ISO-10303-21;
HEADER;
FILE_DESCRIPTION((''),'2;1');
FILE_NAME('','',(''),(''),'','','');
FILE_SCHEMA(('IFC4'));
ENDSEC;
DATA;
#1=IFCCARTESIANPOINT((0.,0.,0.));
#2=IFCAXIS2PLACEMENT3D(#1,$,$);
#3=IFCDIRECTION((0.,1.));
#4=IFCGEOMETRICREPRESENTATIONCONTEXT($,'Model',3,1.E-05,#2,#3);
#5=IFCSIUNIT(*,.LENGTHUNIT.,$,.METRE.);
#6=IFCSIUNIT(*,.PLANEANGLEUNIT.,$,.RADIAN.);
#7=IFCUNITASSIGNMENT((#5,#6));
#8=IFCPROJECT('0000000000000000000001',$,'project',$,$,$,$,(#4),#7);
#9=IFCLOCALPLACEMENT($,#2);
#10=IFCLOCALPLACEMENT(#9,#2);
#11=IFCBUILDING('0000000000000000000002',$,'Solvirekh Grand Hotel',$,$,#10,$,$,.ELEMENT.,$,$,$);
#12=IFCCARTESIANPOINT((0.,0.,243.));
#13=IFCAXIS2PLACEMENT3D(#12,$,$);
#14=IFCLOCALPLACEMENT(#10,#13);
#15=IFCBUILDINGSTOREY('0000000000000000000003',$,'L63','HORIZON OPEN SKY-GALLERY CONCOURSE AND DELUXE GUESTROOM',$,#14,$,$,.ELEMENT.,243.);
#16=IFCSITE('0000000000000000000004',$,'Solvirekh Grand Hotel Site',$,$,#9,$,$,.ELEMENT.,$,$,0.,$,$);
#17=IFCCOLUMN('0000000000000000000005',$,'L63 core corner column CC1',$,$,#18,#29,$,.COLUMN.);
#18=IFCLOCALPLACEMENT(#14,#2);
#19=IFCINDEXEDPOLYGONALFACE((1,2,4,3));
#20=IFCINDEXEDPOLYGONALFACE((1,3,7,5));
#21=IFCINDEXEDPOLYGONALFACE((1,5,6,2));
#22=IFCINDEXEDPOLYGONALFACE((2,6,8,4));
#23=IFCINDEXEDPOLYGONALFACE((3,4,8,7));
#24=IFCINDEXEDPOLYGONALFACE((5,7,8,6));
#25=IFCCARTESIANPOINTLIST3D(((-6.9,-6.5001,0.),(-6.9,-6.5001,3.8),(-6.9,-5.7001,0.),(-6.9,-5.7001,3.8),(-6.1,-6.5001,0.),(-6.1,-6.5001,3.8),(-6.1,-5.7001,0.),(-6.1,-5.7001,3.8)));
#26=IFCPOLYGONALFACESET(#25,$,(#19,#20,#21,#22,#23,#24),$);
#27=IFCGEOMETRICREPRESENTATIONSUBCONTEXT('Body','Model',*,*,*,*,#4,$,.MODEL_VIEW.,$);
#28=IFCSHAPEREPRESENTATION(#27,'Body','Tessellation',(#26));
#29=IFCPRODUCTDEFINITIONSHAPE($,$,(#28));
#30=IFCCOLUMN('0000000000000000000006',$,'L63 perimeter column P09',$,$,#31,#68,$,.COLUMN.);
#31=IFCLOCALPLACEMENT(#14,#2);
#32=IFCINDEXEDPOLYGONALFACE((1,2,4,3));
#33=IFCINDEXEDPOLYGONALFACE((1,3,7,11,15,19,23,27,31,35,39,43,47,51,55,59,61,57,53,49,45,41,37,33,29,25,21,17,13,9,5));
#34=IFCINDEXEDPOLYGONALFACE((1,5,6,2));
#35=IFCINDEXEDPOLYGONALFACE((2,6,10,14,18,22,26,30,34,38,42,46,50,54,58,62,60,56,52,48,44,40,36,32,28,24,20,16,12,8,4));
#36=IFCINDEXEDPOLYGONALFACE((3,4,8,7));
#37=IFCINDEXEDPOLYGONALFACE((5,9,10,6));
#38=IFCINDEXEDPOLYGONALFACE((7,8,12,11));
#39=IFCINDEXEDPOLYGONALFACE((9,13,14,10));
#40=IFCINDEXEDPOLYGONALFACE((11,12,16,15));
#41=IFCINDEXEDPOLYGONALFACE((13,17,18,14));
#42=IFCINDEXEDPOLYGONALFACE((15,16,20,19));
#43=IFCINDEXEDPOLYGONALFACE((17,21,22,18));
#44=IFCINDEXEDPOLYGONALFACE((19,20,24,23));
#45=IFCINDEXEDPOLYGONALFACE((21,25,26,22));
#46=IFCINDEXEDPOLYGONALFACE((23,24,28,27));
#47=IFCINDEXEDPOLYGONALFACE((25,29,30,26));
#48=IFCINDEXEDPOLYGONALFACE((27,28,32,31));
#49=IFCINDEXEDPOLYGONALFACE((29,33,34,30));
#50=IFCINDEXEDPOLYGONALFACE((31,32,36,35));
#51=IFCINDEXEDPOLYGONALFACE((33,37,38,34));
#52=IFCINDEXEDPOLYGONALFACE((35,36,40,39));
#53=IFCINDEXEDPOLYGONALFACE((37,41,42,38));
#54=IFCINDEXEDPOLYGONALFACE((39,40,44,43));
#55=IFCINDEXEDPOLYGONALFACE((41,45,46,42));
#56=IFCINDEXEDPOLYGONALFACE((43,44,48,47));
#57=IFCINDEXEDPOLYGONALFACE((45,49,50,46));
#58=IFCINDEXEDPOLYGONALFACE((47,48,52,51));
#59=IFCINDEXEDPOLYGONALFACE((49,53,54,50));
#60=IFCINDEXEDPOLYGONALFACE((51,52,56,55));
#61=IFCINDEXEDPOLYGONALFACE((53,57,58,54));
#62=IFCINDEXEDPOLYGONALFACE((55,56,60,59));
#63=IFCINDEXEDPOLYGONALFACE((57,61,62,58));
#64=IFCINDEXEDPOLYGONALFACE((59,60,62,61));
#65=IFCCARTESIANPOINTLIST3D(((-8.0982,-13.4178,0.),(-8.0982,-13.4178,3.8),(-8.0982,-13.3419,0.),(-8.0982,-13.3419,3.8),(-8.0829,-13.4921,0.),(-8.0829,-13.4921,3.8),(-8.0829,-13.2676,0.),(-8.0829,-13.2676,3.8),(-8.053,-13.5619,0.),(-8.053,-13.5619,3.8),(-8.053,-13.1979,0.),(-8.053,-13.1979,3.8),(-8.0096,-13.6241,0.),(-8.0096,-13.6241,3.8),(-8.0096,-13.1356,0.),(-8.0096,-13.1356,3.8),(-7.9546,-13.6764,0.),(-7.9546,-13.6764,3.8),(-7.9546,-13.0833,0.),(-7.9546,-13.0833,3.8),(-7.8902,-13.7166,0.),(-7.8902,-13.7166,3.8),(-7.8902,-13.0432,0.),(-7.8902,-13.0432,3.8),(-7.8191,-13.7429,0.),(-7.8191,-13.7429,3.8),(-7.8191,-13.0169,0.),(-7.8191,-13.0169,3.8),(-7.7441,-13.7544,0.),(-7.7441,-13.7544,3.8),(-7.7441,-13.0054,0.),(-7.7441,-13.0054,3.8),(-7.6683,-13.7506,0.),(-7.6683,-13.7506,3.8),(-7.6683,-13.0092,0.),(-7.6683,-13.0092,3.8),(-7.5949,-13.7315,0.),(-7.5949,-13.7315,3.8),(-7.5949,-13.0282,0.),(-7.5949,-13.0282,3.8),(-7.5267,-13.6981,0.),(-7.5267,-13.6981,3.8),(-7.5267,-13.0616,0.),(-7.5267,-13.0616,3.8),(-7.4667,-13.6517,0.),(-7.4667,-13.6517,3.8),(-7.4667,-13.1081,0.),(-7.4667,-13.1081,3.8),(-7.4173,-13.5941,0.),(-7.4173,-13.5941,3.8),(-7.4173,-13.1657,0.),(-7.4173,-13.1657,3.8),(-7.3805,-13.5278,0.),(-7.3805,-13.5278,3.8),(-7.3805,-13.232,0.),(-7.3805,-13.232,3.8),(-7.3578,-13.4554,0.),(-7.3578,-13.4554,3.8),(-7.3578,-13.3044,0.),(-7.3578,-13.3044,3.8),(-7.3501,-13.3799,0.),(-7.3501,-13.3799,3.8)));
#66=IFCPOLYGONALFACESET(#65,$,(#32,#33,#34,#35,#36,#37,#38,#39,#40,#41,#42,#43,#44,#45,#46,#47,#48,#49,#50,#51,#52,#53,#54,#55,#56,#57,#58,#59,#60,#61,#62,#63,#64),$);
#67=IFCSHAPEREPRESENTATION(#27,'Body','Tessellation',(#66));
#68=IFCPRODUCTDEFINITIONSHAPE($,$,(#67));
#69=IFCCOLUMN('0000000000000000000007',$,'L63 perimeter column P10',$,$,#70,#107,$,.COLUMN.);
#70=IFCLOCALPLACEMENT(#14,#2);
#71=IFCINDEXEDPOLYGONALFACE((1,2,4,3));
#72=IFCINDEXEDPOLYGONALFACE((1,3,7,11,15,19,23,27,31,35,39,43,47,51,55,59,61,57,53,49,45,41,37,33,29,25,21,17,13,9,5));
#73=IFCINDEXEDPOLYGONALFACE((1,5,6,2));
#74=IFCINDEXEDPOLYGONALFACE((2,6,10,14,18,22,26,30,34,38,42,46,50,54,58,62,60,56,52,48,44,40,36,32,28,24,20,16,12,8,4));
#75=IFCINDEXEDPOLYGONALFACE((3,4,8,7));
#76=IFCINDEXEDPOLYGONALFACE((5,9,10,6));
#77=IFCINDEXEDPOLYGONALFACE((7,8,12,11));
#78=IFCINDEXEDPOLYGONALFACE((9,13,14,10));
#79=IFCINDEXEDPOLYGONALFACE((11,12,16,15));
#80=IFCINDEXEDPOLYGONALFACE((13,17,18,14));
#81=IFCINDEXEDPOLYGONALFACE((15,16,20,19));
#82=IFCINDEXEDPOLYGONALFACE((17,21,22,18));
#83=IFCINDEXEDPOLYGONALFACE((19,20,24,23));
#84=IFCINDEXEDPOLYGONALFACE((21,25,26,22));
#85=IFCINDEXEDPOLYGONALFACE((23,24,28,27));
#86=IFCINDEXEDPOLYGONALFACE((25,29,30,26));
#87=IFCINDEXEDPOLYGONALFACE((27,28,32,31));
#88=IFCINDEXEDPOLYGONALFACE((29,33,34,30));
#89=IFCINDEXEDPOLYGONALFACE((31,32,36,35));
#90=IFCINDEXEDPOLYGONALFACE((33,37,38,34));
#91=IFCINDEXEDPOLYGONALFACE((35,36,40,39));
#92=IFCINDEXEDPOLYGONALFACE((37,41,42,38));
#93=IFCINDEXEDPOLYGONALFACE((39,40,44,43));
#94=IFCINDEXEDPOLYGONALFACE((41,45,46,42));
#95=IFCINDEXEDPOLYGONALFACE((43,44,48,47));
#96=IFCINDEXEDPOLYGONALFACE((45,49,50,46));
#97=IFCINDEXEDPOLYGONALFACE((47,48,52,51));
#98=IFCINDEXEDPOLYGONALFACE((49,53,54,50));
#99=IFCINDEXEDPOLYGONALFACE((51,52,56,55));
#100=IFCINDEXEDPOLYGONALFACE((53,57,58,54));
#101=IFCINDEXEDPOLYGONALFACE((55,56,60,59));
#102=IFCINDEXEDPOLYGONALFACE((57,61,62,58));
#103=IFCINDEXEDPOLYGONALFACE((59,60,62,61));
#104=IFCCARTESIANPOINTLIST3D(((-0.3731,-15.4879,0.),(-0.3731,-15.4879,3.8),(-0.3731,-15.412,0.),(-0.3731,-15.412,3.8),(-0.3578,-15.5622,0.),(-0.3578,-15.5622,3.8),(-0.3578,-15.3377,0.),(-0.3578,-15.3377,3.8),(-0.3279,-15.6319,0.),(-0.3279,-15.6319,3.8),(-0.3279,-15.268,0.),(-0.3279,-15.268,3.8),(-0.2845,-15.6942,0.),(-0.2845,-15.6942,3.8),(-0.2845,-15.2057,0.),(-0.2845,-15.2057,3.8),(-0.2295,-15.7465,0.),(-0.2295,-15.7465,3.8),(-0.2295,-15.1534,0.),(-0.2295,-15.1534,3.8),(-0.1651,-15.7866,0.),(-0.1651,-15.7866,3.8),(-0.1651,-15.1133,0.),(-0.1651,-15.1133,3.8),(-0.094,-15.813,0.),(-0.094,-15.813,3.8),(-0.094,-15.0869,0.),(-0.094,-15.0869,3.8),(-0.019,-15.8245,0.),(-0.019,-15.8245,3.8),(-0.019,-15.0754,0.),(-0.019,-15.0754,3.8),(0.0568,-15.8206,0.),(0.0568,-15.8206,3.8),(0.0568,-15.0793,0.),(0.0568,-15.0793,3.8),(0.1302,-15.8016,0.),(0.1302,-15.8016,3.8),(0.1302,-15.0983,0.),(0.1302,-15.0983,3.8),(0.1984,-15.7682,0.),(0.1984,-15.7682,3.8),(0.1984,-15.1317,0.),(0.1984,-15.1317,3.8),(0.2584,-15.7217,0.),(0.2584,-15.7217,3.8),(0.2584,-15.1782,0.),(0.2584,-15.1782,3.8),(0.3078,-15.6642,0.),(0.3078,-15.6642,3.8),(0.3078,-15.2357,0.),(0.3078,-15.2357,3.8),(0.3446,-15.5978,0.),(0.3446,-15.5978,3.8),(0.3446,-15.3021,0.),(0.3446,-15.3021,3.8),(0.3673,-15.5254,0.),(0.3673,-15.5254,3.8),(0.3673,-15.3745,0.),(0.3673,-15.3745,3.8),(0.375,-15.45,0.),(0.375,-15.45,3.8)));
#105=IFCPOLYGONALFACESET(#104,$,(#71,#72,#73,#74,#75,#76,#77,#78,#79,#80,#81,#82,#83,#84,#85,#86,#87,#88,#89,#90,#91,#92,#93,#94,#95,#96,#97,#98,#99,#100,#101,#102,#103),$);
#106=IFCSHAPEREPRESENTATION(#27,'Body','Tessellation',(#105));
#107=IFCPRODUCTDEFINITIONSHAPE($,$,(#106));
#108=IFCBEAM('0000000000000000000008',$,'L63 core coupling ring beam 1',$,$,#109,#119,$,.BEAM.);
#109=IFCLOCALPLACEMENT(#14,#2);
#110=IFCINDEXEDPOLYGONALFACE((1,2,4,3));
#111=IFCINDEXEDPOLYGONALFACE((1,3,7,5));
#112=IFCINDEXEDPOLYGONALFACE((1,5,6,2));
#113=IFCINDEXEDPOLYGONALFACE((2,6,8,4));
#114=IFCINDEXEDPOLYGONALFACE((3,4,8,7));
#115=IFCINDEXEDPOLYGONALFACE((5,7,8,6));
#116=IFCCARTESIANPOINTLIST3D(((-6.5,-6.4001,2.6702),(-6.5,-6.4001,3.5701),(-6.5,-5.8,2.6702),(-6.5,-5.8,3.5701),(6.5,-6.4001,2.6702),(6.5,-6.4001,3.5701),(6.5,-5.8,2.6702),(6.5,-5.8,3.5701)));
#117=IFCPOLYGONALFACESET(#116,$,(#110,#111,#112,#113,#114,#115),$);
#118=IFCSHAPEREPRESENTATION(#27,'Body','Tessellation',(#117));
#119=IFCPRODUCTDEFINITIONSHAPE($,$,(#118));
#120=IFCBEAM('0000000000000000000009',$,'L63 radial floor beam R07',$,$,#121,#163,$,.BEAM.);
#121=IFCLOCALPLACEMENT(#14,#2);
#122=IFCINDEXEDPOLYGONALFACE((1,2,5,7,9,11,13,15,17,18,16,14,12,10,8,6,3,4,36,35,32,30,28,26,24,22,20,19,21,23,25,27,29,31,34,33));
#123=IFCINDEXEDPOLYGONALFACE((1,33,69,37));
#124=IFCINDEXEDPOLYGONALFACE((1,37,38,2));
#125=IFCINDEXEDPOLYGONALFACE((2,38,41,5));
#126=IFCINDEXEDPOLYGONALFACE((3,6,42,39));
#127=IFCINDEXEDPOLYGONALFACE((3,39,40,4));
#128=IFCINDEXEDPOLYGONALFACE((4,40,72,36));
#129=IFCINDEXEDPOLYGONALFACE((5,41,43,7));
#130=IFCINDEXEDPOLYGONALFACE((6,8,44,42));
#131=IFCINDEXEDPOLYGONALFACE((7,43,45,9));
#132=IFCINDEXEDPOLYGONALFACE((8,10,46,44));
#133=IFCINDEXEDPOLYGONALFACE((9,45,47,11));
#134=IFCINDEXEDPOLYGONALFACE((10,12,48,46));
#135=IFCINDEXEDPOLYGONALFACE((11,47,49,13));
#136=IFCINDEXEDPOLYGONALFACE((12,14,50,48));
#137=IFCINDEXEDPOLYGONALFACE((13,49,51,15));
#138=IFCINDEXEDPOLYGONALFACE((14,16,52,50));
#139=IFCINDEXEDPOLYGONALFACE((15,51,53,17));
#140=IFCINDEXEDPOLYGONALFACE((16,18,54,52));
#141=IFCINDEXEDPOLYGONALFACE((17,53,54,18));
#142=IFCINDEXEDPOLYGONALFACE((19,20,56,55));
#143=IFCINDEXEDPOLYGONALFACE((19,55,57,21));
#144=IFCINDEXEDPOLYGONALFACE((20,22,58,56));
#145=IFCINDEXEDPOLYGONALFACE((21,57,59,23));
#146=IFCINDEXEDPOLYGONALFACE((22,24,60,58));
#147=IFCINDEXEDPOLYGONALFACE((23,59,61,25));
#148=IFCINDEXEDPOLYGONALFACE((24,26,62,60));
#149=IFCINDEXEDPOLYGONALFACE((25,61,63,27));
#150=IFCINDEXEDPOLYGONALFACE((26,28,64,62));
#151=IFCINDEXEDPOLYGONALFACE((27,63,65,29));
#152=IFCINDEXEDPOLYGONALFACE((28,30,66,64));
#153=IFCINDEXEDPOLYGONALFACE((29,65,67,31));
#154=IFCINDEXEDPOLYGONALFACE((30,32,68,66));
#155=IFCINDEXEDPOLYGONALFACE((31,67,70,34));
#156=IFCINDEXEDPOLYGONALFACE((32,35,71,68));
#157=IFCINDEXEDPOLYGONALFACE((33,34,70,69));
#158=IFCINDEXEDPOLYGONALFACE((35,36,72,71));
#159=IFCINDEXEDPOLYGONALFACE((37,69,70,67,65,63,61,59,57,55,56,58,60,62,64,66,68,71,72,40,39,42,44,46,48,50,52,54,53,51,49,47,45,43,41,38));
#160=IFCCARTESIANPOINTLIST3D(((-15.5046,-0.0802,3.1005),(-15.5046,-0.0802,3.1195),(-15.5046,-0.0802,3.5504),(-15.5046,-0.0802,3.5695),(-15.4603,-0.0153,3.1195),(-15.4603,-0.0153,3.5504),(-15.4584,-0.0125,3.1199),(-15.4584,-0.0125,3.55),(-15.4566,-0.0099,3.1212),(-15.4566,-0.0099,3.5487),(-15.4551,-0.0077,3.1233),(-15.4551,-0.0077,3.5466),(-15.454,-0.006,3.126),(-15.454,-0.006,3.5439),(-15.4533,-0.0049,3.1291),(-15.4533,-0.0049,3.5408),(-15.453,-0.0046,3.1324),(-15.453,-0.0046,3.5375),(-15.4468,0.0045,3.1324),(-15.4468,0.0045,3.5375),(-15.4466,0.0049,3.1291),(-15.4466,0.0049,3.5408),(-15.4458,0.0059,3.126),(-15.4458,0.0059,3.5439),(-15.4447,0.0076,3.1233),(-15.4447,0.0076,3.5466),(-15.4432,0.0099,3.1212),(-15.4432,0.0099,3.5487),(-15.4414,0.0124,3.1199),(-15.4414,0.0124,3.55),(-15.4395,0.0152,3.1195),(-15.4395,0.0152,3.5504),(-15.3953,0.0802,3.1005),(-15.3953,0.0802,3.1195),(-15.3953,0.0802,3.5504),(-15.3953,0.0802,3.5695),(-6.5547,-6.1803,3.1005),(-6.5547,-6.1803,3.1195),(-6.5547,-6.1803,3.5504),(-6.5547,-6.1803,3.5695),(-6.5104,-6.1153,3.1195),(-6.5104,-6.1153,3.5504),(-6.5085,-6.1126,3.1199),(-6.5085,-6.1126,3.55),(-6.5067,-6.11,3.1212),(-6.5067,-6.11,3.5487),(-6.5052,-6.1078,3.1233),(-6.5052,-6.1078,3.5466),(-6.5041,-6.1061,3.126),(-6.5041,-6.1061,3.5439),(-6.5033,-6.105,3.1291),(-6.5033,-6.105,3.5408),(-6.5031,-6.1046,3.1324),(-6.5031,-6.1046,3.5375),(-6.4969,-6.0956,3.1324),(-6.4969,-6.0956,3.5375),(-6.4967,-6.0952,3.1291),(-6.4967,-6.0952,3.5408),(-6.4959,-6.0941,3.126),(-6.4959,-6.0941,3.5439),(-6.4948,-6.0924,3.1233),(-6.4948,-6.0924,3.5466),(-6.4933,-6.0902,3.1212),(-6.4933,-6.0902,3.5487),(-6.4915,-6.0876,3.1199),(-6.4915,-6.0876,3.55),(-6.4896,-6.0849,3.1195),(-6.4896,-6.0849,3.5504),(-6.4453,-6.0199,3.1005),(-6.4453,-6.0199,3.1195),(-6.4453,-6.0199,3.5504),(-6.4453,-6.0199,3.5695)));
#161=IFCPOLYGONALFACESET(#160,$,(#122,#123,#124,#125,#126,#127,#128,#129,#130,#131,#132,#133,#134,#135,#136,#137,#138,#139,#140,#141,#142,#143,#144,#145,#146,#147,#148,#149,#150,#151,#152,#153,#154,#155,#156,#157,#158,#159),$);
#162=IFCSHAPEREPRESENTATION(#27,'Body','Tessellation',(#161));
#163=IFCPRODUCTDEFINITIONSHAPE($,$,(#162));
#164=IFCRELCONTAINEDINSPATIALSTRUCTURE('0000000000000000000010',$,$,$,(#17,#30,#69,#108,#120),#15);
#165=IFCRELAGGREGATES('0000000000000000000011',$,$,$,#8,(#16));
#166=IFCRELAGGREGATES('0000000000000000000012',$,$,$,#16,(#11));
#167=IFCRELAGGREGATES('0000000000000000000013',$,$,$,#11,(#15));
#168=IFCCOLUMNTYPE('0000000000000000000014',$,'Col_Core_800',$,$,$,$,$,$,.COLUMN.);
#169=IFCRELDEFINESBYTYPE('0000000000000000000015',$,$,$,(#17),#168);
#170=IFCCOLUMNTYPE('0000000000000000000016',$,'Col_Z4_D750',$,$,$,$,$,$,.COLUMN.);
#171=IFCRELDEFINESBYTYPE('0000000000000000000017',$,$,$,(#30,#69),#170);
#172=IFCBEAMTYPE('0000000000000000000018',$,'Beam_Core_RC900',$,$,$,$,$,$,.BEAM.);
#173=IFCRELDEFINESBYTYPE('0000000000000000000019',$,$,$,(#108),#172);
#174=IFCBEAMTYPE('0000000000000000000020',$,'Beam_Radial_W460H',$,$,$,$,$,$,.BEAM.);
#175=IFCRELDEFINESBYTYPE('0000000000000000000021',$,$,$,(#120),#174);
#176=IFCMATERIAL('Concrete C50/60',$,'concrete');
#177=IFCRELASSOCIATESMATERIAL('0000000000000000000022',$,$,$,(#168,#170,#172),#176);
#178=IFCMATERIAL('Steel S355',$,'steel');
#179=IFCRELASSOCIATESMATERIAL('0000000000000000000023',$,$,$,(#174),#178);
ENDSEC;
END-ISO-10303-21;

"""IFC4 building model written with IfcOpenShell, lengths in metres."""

from ifc_helpers import new_model, si_unit, direction, frame, origin, origin_2d, place, context, subcontext, project, spatial, rectangle, circle, i_section, extrude, material, material_profile, profile_set, type_object, element, save


model = new_model("IFC4")

# Units and contexts
model_context = context("Model", 3, precision=1e-05, world=origin(), true_north=direction((0.0, 1.0)))
body_context = subcontext(model_context, "Body", "Model", "MODEL_VIEW")
ifc_project = project(units=[si_unit("LENGTHUNIT", "METRE"), si_unit("PLANEANGLEUNIT", "RADIAN")], contexts=[model_context])

# Site, building, storey
site_placement = place(None, origin())
site = spatial("IfcSite", under=ifc_project, at=site_placement, Name="Solvirekh Grand Hotel Site", CompositionType="ELEMENT", RefElevation=0.0)
building_placement = place(site_placement, origin())
building = spatial("IfcBuilding", under=site, at=building_placement, Name="Solvirekh Grand Hotel", CompositionType="ELEMENT")
storey_placement = place(building_placement, frame((0.0, 0.0, 243.0)))
storey = spatial("IfcBuildingStorey", under=building, at=storey_placement, Name="L63", Description="HORIZON OPEN SKY-GALLERY CONCOURSE AND DELUXE GUESTROOM", CompositionType="ELEMENT", Elevation=243.0)

# Columns
ifc_material_1 = material(Name="Concrete C50/60", Category="concrete")
ifc_material_profile_1 = material_profile(ifc_material_1, rectangle(XDim=0.8, YDim=0.8, at=origin_2d()), Name="RC 800X800")
ifc_profile_set_1 = profile_set([ifc_material_profile_1], Name="Concrete C50/60")
column_type_1 = type_object("IfcColumnType", Name="Col_Core_800", PredefinedType="COLUMN", material=ifc_profile_set_1)
column_placement = place(storey_placement, frame((-6.5, -6.1001, 0.0), z_axis=(0.0, 0.0, 1.0), x_axis=(1.0, 0.0, 0.0)))
element("IfcColumn", 1, at=column_placement, inside=storey, type_object=column_type_1, Name="L63 core corner column CC1", PredefinedType="COLUMN", context=body_context, shape_type="SweptSolid", body=[
    extrude(rectangle(XDim=0.8, YDim=0.8, at=origin_2d()), origin(), (0.0, 0.0, 1.0), 3.8),
])
ifc_material_profile_2 = material_profile(ifc_material_1, circle(Radius=0.375, at=origin_2d()), Name="RC CIRC D750")
ifc_profile_set_2 = profile_set([ifc_material_profile_2], Name="Concrete C50/60")
column_type_2 = type_object("IfcColumnType", Name="Col_Z4_D750", PredefinedType="COLUMN", material=ifc_profile_set_2)
for number, where, z_axis, x_axis, name in (
    (2, (-7.7251, -13.3799, 0.0), (0.0, 0.0, 1.0), (1.0, 0.0, 0.0), "L63 perimeter column P09"),
    (3, (0.0, -15.45, 0.0), (0.0, 0.0, 1.0), (1.0, 0.0, 0.0), "L63 perimeter column P10"),
):
    element("IfcColumn", number, at=place(storey_placement, frame(where, z_axis=z_axis, x_axis=x_axis)), inside=storey, type_object=column_type_2, Name=name, PredefinedType="COLUMN", context=body_context, shape_type="SweptSolid", body=[
        extrude(circle(Radius=0.375, at=origin_2d()), origin(), (0.0, 0.0, 1.0), 3.8),
    ])

# Beams
ifc_material_profile_3 = material_profile(ifc_material_1, rectangle(XDim=0.6001, YDim=0.8999, at=origin_2d()), Name="RC BEAM 600X900")
ifc_profile_set_3 = profile_set([ifc_material_profile_3], Name="Concrete C50/60")
beam_type_1 = type_object("IfcBeamType", Name="Beam_Core_RC900", PredefinedType="BEAM", material=ifc_profile_set_3)
beam_1_placement = place(storey_placement, frame((-6.5, -6.1001, 3.1201), z_axis=(1.0, 0.0, 0.0), x_axis=(0.0, 1.0, 0.0)))
element("IfcBeam", 4, at=beam_1_placement, inside=storey, type_object=beam_type_1, Name="L63 core coupling ring beam 1", PredefinedType="BEAM", context=body_context, shape_type="SweptSolid", body=[
    extrude(rectangle(XDim=0.6001, YDim=0.8999, at=origin_2d()), origin(), (0.0, 0.0, 1.0), 13.0),
])
ifc_material_2 = material(Name="Steel S355", Category="steel")
ifc_material_profile_4 = material_profile(ifc_material_2, i_section(OverallWidth=0.1941, OverallDepth=0.469, WebThickness=0.011, FlangeThickness=0.019, FilletRadius=0.0129, at=origin_2d()), Name="W460X106")
ifc_profile_set_4 = profile_set([ifc_material_profile_4], Name="Steel S355")
beam_type_2 = type_object("IfcBeamType", Name="Beam_Radial_W460H", PredefinedType="BEAM", material=ifc_profile_set_4)
beam_2_placement = place(storey_placement, frame((-6.5, -6.1001, 3.335), z_axis=(-0.826319, 0.563202, 0.0), x_axis=(-0.563202, -0.826319, 0.0)))
element("IfcBeam", 5, at=beam_2_placement, inside=storey, type_object=beam_type_2, Name="L63 radial floor beam R07", PredefinedType="BEAM", context=body_context, shape_type="SweptSolid", body=[
    extrude(i_section(OverallWidth=0.1941, OverallDepth=0.469, WebThickness=0.011, FlangeThickness=0.019, FilletRadius=0.0129, at=origin_2d()), origin(), (0.0, 0.0, 1.0), 10.8311),
])

save(model, "model.ifc")
